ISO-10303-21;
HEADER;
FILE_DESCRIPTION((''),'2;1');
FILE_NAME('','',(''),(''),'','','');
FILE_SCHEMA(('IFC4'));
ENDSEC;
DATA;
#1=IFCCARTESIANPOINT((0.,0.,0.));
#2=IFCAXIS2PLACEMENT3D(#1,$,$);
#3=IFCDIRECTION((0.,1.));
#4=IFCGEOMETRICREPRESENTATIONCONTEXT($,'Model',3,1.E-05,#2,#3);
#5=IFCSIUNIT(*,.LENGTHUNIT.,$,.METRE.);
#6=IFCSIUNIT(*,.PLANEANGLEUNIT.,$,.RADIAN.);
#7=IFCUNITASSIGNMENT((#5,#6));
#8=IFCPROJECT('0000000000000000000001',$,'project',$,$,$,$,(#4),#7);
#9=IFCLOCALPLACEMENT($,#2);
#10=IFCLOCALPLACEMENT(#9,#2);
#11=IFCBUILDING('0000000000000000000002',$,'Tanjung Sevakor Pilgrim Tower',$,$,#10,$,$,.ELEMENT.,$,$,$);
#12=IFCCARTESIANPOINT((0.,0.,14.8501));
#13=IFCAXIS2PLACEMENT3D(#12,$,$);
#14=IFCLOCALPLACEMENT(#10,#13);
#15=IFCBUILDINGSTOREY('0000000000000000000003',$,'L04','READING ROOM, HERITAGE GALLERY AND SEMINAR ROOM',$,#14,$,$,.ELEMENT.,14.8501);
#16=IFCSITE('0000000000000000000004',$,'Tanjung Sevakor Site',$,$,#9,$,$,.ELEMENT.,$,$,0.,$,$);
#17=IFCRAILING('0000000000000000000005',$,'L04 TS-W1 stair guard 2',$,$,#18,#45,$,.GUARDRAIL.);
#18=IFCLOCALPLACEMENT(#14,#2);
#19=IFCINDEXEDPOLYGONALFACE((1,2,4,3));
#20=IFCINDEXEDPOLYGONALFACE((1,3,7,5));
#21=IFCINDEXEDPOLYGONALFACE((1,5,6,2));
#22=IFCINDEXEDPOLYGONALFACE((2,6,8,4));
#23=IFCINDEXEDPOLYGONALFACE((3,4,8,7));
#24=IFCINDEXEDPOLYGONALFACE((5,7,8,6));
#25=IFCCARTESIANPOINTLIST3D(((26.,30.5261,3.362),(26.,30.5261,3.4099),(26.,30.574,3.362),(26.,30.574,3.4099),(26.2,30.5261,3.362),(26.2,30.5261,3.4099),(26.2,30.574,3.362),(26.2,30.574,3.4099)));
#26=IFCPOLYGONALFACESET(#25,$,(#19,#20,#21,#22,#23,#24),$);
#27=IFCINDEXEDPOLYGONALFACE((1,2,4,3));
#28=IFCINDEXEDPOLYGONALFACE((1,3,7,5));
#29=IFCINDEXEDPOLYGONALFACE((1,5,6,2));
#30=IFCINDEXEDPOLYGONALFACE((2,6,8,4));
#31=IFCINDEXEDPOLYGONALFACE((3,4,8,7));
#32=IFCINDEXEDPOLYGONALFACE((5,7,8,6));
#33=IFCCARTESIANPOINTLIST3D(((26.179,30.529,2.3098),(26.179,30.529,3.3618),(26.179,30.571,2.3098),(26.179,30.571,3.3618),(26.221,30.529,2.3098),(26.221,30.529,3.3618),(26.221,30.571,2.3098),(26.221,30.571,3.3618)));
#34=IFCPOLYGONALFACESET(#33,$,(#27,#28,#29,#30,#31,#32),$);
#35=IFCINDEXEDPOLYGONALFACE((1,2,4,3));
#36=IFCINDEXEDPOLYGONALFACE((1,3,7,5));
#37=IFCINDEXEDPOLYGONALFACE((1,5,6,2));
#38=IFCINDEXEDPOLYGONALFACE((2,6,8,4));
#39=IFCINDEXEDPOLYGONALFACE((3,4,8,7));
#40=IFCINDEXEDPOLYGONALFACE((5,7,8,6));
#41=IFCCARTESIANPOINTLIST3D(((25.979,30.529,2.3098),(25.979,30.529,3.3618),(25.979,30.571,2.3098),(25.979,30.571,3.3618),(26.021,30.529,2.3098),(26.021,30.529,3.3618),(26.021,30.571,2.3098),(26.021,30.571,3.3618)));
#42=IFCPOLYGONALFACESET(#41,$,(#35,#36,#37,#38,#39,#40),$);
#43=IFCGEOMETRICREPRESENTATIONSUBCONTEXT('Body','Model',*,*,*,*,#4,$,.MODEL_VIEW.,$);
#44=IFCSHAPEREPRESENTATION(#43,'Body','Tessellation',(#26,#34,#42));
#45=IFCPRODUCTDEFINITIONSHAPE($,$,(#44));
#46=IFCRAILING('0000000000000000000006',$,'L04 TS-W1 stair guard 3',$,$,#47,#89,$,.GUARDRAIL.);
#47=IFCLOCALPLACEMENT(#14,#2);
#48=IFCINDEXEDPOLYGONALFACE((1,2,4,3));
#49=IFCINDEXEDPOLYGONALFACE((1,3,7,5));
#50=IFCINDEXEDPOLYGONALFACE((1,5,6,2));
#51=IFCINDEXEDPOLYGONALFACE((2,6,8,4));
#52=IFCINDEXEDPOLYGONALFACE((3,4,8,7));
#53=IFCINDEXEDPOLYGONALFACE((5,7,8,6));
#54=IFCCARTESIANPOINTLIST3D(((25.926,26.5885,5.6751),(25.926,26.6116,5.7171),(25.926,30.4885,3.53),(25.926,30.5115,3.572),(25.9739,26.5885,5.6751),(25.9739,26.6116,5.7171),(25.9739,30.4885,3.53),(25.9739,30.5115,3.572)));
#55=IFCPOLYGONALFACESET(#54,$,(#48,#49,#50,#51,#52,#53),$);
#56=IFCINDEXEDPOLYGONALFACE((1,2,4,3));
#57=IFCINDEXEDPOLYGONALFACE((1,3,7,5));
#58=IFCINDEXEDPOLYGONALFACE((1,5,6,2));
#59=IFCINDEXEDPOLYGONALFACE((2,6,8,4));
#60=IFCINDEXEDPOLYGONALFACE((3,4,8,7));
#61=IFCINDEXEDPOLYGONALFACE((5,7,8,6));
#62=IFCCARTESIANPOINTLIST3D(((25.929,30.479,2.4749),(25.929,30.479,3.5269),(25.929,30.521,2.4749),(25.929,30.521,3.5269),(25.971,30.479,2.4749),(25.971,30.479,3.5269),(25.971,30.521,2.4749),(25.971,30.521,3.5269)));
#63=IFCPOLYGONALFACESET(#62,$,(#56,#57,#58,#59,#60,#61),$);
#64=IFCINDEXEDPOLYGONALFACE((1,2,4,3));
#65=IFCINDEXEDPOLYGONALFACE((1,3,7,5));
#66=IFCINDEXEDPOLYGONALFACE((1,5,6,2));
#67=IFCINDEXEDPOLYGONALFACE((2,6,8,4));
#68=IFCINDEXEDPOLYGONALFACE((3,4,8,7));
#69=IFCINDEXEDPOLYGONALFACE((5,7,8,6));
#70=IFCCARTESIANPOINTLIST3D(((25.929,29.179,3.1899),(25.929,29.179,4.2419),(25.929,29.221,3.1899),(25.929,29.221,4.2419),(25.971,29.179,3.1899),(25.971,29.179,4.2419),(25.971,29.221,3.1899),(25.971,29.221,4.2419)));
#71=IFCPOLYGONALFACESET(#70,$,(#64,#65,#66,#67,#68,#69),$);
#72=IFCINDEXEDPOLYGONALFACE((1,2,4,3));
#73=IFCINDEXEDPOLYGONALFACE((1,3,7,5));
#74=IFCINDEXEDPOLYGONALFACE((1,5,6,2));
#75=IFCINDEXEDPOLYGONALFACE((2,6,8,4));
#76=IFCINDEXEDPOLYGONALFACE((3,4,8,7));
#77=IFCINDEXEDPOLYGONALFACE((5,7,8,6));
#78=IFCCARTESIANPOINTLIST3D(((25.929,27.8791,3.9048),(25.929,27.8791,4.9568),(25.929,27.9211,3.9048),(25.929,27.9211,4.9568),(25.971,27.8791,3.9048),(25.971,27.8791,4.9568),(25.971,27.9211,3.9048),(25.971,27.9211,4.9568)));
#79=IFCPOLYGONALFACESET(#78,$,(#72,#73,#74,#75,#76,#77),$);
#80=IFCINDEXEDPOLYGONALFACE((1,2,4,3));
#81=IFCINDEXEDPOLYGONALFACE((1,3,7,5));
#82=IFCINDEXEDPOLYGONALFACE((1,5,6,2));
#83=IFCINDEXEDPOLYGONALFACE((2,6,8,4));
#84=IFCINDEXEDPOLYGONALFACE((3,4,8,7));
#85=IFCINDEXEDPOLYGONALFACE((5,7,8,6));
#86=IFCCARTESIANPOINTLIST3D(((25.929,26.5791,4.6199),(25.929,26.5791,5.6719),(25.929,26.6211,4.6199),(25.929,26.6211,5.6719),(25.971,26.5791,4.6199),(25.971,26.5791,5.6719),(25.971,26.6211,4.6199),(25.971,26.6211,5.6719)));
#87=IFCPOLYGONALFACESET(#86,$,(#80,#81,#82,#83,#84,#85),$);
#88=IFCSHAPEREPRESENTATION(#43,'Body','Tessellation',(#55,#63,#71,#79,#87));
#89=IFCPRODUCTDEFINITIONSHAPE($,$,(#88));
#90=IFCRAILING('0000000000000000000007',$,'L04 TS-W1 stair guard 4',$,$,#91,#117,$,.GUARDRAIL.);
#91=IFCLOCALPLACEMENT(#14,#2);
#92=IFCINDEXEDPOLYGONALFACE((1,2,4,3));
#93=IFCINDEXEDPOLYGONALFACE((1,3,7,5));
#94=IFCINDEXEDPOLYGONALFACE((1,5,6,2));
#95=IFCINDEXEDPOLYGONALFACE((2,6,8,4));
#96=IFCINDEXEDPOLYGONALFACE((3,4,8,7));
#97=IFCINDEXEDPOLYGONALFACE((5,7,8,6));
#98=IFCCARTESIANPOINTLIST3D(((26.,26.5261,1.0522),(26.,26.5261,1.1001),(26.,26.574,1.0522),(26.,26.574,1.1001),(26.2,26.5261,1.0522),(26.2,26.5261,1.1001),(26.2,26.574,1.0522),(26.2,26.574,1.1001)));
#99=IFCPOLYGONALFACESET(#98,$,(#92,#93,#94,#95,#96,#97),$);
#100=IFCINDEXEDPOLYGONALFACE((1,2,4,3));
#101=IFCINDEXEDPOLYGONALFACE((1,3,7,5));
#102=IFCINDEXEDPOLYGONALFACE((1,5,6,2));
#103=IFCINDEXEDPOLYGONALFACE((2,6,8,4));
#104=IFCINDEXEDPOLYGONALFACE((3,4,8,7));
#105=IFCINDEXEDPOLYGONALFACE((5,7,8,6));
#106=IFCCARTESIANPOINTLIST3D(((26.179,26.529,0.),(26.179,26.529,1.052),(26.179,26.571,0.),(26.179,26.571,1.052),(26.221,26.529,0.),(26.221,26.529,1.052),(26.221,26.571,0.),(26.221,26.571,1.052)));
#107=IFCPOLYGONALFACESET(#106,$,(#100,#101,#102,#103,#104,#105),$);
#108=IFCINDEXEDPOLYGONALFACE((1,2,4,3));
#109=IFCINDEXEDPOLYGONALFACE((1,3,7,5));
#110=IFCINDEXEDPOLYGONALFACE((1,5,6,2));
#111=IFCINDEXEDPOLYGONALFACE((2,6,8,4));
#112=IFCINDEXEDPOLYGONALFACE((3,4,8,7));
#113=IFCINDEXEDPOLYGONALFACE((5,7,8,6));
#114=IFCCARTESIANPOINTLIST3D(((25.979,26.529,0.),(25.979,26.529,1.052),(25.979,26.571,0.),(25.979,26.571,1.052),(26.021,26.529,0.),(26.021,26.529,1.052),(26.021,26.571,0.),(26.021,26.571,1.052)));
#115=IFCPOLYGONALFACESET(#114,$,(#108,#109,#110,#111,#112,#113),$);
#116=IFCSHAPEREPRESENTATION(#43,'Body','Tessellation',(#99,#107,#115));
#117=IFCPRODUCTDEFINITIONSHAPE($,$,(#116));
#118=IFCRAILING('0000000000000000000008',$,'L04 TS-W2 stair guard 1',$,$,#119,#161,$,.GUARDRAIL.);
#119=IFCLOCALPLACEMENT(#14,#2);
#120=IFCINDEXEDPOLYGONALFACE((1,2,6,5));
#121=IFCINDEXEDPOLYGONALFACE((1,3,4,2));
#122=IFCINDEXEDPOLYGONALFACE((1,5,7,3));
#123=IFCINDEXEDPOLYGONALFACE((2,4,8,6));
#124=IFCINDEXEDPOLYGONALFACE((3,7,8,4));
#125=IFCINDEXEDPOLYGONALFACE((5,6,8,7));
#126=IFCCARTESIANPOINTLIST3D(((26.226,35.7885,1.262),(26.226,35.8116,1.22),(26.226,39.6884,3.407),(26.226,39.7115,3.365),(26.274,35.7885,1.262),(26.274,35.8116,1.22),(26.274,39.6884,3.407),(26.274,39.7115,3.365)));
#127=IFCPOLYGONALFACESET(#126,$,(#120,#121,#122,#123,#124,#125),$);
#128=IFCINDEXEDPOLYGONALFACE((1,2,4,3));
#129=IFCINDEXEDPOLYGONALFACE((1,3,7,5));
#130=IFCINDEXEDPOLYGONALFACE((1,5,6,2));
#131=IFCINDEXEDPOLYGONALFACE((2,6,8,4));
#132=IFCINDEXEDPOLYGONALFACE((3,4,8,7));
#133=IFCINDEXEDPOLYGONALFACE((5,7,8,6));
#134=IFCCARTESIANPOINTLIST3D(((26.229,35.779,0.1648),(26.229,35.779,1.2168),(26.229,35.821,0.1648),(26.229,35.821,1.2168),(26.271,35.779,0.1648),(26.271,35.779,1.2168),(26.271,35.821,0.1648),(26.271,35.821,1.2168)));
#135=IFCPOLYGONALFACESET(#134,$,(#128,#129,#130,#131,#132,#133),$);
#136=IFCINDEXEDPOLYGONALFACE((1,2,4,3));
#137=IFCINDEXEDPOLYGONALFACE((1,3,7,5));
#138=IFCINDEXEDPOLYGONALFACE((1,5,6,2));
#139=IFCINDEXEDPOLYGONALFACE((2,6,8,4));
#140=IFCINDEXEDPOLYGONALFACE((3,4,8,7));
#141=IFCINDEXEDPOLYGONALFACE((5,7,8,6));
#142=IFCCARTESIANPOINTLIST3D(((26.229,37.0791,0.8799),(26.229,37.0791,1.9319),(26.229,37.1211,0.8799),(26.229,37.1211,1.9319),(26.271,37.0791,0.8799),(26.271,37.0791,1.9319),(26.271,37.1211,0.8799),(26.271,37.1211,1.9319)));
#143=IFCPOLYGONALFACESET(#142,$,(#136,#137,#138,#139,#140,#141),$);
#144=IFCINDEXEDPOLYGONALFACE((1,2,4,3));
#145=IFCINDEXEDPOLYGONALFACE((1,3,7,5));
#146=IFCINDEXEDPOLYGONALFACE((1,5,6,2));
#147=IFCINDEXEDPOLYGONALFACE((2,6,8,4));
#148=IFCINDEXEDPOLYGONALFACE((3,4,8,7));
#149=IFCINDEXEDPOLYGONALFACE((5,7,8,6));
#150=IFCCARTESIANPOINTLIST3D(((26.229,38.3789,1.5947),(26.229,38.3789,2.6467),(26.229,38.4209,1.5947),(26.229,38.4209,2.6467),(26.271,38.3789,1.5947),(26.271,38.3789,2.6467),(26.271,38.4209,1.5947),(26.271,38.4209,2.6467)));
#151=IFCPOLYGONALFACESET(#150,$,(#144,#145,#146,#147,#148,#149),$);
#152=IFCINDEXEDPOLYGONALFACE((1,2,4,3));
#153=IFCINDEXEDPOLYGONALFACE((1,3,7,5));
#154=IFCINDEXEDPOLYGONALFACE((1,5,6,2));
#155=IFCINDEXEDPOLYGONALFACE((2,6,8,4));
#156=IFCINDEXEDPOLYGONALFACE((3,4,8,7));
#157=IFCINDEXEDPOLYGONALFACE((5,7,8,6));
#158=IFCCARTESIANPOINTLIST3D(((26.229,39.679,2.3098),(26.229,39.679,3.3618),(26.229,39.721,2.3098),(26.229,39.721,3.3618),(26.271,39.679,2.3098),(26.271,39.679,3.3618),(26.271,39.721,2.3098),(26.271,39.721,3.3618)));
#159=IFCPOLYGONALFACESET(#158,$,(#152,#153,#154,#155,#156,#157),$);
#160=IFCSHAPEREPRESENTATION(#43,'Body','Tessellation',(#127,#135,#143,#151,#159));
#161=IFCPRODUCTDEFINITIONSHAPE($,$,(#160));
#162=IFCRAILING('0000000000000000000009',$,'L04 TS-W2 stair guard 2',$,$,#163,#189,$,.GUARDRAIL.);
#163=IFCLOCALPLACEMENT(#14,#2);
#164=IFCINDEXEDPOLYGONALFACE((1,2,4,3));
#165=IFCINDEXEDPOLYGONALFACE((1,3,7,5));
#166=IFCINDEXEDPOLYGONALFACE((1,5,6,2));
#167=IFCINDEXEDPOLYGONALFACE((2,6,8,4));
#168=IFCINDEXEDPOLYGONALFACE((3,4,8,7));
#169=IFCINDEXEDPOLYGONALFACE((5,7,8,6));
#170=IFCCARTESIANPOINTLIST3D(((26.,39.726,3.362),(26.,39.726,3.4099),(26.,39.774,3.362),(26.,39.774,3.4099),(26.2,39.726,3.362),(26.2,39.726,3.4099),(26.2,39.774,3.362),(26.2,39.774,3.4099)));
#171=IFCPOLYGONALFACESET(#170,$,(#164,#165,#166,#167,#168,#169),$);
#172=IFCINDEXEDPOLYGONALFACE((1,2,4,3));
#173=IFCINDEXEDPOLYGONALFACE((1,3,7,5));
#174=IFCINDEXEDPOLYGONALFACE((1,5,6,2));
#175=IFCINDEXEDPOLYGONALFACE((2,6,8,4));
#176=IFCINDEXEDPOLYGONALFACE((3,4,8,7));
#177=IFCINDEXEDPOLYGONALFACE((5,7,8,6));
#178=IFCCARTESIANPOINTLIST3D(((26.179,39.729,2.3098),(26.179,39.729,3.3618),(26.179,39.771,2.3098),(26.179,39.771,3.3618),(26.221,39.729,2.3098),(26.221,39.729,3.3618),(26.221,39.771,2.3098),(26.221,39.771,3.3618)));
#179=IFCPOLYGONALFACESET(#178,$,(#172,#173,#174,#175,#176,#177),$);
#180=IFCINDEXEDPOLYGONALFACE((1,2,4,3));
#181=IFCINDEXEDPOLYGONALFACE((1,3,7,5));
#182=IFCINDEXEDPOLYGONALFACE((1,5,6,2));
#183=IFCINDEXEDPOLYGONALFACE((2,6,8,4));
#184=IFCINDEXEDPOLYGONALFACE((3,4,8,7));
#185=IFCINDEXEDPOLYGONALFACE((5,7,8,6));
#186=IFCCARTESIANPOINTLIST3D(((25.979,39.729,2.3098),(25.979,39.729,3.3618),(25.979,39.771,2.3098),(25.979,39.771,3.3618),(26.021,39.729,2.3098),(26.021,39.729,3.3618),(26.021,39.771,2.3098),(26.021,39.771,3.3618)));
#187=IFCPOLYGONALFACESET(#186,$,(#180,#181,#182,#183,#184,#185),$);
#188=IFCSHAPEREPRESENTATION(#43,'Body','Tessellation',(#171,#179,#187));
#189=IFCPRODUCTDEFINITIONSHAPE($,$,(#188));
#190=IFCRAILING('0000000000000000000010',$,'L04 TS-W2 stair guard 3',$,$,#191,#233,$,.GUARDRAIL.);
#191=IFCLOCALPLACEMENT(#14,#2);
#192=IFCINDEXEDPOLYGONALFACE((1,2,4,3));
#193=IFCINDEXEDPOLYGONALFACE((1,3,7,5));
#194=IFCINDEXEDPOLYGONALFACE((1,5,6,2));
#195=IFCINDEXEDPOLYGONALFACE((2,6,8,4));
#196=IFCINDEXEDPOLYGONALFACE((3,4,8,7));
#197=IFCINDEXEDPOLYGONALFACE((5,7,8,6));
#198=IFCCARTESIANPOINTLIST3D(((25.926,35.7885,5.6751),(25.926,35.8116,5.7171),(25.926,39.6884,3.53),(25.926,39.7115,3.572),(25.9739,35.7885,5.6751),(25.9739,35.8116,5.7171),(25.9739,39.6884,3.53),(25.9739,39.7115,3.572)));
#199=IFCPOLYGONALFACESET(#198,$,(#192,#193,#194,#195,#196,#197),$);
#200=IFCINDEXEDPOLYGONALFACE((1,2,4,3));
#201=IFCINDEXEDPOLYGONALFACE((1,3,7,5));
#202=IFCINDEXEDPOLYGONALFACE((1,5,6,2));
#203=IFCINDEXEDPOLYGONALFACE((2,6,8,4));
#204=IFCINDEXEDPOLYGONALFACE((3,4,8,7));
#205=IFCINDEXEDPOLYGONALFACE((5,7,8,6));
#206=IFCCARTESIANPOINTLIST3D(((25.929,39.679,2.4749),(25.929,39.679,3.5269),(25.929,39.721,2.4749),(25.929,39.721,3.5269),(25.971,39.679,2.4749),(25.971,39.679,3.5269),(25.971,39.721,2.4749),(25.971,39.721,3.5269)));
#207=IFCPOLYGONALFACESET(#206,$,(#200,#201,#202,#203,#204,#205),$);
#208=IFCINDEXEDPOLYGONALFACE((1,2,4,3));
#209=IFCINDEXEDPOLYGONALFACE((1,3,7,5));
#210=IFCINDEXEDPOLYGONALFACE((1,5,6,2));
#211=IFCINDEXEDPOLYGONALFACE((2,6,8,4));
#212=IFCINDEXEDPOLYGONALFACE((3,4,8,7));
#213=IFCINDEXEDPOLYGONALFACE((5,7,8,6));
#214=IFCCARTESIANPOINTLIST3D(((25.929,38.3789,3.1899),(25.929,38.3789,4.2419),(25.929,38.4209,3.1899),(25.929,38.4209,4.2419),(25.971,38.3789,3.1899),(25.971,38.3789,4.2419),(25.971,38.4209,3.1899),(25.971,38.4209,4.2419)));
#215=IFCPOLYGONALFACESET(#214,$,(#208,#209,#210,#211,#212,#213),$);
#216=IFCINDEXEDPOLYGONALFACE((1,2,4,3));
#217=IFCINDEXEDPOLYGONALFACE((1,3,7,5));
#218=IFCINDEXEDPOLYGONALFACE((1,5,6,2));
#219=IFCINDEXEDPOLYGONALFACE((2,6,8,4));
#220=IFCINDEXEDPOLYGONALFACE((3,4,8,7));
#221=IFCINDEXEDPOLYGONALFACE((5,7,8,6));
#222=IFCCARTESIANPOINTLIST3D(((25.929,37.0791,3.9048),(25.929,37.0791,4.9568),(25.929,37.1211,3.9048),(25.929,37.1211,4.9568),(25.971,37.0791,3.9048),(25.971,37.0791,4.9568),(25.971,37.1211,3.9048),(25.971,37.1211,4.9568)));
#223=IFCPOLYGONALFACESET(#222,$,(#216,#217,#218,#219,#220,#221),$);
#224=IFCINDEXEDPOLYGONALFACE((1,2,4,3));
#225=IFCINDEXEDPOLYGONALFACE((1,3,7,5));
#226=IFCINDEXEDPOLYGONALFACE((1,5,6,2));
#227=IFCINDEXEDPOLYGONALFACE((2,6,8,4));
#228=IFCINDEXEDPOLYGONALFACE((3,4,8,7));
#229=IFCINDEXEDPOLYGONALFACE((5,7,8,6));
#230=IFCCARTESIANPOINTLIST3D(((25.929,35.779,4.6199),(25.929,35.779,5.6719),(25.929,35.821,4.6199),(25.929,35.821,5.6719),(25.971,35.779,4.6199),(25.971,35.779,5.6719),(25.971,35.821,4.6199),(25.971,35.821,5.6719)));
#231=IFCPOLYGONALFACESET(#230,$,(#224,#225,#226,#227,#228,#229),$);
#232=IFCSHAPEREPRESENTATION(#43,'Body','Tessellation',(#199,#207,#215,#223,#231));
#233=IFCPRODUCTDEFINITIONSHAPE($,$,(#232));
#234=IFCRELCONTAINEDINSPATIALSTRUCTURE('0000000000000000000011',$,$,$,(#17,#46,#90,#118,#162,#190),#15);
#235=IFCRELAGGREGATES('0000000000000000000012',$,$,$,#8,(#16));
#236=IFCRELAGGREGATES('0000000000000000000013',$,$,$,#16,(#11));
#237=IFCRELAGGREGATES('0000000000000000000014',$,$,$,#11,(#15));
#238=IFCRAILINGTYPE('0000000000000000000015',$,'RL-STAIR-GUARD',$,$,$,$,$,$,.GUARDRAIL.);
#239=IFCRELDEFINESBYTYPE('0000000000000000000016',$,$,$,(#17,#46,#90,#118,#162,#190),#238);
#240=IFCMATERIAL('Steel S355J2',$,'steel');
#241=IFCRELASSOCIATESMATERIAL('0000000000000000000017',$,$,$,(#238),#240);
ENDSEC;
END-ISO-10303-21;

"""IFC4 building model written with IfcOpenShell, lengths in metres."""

from ifc_helpers import new_model, si_unit, direction, frame, origin, place, context, subcontext, project, spatial, rectangle, extrude, material, type_object, element, save


model = new_model("IFC4")

# Units and contexts
model_context = context("Model", 3, precision=1e-05, world=origin(), true_north=direction((0.0, 1.0)))
body_context = subcontext(model_context, "Body", "Model", "MODEL_VIEW")
ifc_project = project(units=[si_unit("LENGTHUNIT", "METRE"), si_unit("PLANEANGLEUNIT", "RADIAN")], contexts=[model_context])

# Site, building, storey
site_placement = place(None, origin())
site = spatial("IfcSite", under=ifc_project, at=site_placement, Name="Tanjung Sevakor Site", CompositionType="ELEMENT", RefElevation=0.0)
building_placement = place(site_placement, origin())
building = spatial("IfcBuilding", under=site, at=building_placement, Name="Tanjung Sevakor Pilgrim Tower", CompositionType="ELEMENT")
storey_placement = place(building_placement, frame((0.0, 0.0, 14.8501)))
storey = spatial("IfcBuildingStorey", under=building, at=storey_placement, Name="L04", Description="READING ROOM, HERITAGE GALLERY AND SEMINAR ROOM", CompositionType="ELEMENT", Elevation=14.8501)

# Railings
ifc_material_1 = material(Name="Steel S355J2", Category="steel")
railing_type_1 = type_object("IfcRailingType", Name="RL-STAIR-GUARD", PredefinedType="GUARDRAIL", material=ifc_material_1)
railing_1_placement = place(storey_placement, frame((26.2, 30.55, 2.3098)))
element("IfcRailing", 1, at=railing_1_placement, inside=storey, type_object=railing_type_1, Name="L04 TS-W1 stair guard 2", PredefinedType="GUARDRAIL", context=body_context, shape_type="SweptSolid", body=[
    extrude(rectangle(XDim=0.0479, YDim=0.0479), frame((0.0, 0.0, 1.0762), z_axis=(-1.0, 0.0, 0.0), x_axis=(0.0, -1.0, 0.0)), (0.0, 0.0, 1.0), 0.2),
    extrude(rectangle(XDim=0.042, YDim=0.042), origin(), (0.0, 0.0, 1.0), 1.052),
    extrude(rectangle(XDim=0.042, YDim=0.042), frame((-0.2, 0.0, 0.0)), (0.0, 0.0, 1.0), 1.052),
])
railing_2_placement = place(storey_placement, frame((25.95, 30.5, 2.4749)))
element("IfcRailing", 2, at=railing_2_placement, inside=storey, type_object=railing_type_1, Name="L04 TS-W1 stair guard 3", PredefinedType="GUARDRAIL", context=body_context, shape_type="SweptSolid", body=[
    extrude(rectangle(XDim=0.0479, YDim=0.0479), frame((0.0, 0.0, 1.0762), z_axis=(0.0, -0.876209, 0.481931), x_axis=(1.0, 0.0, 0.0)), (0.0, 0.0, 1.0), 4.4509),
    extrude(rectangle(XDim=0.042, YDim=0.042), origin(), (0.0, 0.0, 1.0), 1.052),
    extrude(rectangle(XDim=0.042, YDim=0.042), frame((0.0, -1.3, 0.7151)), (0.0, 0.0, 1.0), 1.052),
    extrude(rectangle(XDim=0.042, YDim=0.042), frame((0.0, -2.5999, 1.4299)), (0.0, 0.0, 1.0), 1.052),
    extrude(rectangle(XDim=0.042, YDim=0.042), frame((0.0, -3.8999, 2.145)), (0.0, 0.0, 1.0), 1.052),
])
railing_3_placement = place(storey_placement, frame((26.2, 26.55, 0.0)))
element("IfcRailing", 3, at=railing_3_placement, inside=storey, type_object=railing_type_1, Name="L04 TS-W1 stair guard 4", PredefinedType="GUARDRAIL", context=body_context, shape_type="SweptSolid", body=[
    extrude(rectangle(XDim=0.0479, YDim=0.0479), frame((0.0, 0.0, 1.0762), z_axis=(-1.0, 0.0, 0.0), x_axis=(0.0, -1.0, 0.0)), (0.0, 0.0, 1.0), 0.2),
    extrude(rectangle(XDim=0.042, YDim=0.042), origin(), (0.0, 0.0, 1.0), 1.052),
    extrude(rectangle(XDim=0.042, YDim=0.042), frame((-0.2, 0.0, 0.0)), (0.0, 0.0, 1.0), 1.052),
])
railing_4_placement = place(storey_placement, frame((26.25, 35.8, 0.1648)))
element("IfcRailing", 4, at=railing_4_placement, inside=storey, type_object=railing_type_1, Name="L04 TS-W2 stair guard 1", PredefinedType="GUARDRAIL", context=body_context, shape_type="SweptSolid", body=[
    extrude(rectangle(XDim=0.0479, YDim=0.0479), frame((0.0, 0.0, 1.0762), z_axis=(0.0, 0.876209, 0.481931), x_axis=(-1.0, 0.0, 0.0)), (0.0, 0.0, 1.0), 4.4509),
    extrude(rectangle(XDim=0.042, YDim=0.042), origin(), (0.0, 0.0, 1.0), 1.052),
    extrude(rectangle(XDim=0.042, YDim=0.042), frame((0.0, 1.3, 0.7151)), (0.0, 0.0, 1.0), 1.052),
    extrude(rectangle(XDim=0.042, YDim=0.042), frame((0.0, 2.5999, 1.4299)), (0.0, 0.0, 1.0), 1.052),
    extrude(rectangle(XDim=0.042, YDim=0.042), frame((0.0, 3.8999, 2.145)), (0.0, 0.0, 1.0), 1.052),
])
railing_5_placement = place(storey_placement, frame((26.2, 39.75, 2.3098)))
element("IfcRailing", 5, at=railing_5_placement, inside=storey, type_object=railing_type_1, Name="L04 TS-W2 stair guard 2", PredefinedType="GUARDRAIL", context=body_context, shape_type="SweptSolid", body=[
    extrude(rectangle(XDim=0.0479, YDim=0.0479), frame((0.0, 0.0, 1.0762), z_axis=(-1.0, 0.0, 0.0), x_axis=(0.0, -1.0, 0.0)), (0.0, 0.0, 1.0), 0.2),
    extrude(rectangle(XDim=0.042, YDim=0.042), origin(), (0.0, 0.0, 1.0), 1.052),
    extrude(rectangle(XDim=0.042, YDim=0.042), frame((-0.2, 0.0, 0.0)), (0.0, 0.0, 1.0), 1.052),
])
railing_6_placement = place(storey_placement, frame((25.95, 39.7, 2.4749)))
element("IfcRailing", 6, at=railing_6_placement, inside=storey, type_object=railing_type_1, Name="L04 TS-W2 stair guard 3", PredefinedType="GUARDRAIL", context=body_context, shape_type="SweptSolid", body=[
    extrude(rectangle(XDim=0.0479, YDim=0.0479), frame((0.0, 0.0, 1.0762), z_axis=(0.0, -0.876209, 0.481931), x_axis=(1.0, 0.0, 0.0)), (0.0, 0.0, 1.0), 4.4509),
    extrude(rectangle(XDim=0.042, YDim=0.042), origin(), (0.0, 0.0, 1.0), 1.052),
    extrude(rectangle(XDim=0.042, YDim=0.042), frame((0.0, -1.3, 0.7151)), (0.0, 0.0, 1.0), 1.052),
    extrude(rectangle(XDim=0.042, YDim=0.042), frame((0.0, -2.5999, 1.4299)), (0.0, 0.0, 1.0), 1.052),
    extrude(rectangle(XDim=0.042, YDim=0.042), frame((0.0, -3.8999, 2.145)), (0.0, 0.0, 1.0), 1.052),
])

save(model, "model.ifc")
